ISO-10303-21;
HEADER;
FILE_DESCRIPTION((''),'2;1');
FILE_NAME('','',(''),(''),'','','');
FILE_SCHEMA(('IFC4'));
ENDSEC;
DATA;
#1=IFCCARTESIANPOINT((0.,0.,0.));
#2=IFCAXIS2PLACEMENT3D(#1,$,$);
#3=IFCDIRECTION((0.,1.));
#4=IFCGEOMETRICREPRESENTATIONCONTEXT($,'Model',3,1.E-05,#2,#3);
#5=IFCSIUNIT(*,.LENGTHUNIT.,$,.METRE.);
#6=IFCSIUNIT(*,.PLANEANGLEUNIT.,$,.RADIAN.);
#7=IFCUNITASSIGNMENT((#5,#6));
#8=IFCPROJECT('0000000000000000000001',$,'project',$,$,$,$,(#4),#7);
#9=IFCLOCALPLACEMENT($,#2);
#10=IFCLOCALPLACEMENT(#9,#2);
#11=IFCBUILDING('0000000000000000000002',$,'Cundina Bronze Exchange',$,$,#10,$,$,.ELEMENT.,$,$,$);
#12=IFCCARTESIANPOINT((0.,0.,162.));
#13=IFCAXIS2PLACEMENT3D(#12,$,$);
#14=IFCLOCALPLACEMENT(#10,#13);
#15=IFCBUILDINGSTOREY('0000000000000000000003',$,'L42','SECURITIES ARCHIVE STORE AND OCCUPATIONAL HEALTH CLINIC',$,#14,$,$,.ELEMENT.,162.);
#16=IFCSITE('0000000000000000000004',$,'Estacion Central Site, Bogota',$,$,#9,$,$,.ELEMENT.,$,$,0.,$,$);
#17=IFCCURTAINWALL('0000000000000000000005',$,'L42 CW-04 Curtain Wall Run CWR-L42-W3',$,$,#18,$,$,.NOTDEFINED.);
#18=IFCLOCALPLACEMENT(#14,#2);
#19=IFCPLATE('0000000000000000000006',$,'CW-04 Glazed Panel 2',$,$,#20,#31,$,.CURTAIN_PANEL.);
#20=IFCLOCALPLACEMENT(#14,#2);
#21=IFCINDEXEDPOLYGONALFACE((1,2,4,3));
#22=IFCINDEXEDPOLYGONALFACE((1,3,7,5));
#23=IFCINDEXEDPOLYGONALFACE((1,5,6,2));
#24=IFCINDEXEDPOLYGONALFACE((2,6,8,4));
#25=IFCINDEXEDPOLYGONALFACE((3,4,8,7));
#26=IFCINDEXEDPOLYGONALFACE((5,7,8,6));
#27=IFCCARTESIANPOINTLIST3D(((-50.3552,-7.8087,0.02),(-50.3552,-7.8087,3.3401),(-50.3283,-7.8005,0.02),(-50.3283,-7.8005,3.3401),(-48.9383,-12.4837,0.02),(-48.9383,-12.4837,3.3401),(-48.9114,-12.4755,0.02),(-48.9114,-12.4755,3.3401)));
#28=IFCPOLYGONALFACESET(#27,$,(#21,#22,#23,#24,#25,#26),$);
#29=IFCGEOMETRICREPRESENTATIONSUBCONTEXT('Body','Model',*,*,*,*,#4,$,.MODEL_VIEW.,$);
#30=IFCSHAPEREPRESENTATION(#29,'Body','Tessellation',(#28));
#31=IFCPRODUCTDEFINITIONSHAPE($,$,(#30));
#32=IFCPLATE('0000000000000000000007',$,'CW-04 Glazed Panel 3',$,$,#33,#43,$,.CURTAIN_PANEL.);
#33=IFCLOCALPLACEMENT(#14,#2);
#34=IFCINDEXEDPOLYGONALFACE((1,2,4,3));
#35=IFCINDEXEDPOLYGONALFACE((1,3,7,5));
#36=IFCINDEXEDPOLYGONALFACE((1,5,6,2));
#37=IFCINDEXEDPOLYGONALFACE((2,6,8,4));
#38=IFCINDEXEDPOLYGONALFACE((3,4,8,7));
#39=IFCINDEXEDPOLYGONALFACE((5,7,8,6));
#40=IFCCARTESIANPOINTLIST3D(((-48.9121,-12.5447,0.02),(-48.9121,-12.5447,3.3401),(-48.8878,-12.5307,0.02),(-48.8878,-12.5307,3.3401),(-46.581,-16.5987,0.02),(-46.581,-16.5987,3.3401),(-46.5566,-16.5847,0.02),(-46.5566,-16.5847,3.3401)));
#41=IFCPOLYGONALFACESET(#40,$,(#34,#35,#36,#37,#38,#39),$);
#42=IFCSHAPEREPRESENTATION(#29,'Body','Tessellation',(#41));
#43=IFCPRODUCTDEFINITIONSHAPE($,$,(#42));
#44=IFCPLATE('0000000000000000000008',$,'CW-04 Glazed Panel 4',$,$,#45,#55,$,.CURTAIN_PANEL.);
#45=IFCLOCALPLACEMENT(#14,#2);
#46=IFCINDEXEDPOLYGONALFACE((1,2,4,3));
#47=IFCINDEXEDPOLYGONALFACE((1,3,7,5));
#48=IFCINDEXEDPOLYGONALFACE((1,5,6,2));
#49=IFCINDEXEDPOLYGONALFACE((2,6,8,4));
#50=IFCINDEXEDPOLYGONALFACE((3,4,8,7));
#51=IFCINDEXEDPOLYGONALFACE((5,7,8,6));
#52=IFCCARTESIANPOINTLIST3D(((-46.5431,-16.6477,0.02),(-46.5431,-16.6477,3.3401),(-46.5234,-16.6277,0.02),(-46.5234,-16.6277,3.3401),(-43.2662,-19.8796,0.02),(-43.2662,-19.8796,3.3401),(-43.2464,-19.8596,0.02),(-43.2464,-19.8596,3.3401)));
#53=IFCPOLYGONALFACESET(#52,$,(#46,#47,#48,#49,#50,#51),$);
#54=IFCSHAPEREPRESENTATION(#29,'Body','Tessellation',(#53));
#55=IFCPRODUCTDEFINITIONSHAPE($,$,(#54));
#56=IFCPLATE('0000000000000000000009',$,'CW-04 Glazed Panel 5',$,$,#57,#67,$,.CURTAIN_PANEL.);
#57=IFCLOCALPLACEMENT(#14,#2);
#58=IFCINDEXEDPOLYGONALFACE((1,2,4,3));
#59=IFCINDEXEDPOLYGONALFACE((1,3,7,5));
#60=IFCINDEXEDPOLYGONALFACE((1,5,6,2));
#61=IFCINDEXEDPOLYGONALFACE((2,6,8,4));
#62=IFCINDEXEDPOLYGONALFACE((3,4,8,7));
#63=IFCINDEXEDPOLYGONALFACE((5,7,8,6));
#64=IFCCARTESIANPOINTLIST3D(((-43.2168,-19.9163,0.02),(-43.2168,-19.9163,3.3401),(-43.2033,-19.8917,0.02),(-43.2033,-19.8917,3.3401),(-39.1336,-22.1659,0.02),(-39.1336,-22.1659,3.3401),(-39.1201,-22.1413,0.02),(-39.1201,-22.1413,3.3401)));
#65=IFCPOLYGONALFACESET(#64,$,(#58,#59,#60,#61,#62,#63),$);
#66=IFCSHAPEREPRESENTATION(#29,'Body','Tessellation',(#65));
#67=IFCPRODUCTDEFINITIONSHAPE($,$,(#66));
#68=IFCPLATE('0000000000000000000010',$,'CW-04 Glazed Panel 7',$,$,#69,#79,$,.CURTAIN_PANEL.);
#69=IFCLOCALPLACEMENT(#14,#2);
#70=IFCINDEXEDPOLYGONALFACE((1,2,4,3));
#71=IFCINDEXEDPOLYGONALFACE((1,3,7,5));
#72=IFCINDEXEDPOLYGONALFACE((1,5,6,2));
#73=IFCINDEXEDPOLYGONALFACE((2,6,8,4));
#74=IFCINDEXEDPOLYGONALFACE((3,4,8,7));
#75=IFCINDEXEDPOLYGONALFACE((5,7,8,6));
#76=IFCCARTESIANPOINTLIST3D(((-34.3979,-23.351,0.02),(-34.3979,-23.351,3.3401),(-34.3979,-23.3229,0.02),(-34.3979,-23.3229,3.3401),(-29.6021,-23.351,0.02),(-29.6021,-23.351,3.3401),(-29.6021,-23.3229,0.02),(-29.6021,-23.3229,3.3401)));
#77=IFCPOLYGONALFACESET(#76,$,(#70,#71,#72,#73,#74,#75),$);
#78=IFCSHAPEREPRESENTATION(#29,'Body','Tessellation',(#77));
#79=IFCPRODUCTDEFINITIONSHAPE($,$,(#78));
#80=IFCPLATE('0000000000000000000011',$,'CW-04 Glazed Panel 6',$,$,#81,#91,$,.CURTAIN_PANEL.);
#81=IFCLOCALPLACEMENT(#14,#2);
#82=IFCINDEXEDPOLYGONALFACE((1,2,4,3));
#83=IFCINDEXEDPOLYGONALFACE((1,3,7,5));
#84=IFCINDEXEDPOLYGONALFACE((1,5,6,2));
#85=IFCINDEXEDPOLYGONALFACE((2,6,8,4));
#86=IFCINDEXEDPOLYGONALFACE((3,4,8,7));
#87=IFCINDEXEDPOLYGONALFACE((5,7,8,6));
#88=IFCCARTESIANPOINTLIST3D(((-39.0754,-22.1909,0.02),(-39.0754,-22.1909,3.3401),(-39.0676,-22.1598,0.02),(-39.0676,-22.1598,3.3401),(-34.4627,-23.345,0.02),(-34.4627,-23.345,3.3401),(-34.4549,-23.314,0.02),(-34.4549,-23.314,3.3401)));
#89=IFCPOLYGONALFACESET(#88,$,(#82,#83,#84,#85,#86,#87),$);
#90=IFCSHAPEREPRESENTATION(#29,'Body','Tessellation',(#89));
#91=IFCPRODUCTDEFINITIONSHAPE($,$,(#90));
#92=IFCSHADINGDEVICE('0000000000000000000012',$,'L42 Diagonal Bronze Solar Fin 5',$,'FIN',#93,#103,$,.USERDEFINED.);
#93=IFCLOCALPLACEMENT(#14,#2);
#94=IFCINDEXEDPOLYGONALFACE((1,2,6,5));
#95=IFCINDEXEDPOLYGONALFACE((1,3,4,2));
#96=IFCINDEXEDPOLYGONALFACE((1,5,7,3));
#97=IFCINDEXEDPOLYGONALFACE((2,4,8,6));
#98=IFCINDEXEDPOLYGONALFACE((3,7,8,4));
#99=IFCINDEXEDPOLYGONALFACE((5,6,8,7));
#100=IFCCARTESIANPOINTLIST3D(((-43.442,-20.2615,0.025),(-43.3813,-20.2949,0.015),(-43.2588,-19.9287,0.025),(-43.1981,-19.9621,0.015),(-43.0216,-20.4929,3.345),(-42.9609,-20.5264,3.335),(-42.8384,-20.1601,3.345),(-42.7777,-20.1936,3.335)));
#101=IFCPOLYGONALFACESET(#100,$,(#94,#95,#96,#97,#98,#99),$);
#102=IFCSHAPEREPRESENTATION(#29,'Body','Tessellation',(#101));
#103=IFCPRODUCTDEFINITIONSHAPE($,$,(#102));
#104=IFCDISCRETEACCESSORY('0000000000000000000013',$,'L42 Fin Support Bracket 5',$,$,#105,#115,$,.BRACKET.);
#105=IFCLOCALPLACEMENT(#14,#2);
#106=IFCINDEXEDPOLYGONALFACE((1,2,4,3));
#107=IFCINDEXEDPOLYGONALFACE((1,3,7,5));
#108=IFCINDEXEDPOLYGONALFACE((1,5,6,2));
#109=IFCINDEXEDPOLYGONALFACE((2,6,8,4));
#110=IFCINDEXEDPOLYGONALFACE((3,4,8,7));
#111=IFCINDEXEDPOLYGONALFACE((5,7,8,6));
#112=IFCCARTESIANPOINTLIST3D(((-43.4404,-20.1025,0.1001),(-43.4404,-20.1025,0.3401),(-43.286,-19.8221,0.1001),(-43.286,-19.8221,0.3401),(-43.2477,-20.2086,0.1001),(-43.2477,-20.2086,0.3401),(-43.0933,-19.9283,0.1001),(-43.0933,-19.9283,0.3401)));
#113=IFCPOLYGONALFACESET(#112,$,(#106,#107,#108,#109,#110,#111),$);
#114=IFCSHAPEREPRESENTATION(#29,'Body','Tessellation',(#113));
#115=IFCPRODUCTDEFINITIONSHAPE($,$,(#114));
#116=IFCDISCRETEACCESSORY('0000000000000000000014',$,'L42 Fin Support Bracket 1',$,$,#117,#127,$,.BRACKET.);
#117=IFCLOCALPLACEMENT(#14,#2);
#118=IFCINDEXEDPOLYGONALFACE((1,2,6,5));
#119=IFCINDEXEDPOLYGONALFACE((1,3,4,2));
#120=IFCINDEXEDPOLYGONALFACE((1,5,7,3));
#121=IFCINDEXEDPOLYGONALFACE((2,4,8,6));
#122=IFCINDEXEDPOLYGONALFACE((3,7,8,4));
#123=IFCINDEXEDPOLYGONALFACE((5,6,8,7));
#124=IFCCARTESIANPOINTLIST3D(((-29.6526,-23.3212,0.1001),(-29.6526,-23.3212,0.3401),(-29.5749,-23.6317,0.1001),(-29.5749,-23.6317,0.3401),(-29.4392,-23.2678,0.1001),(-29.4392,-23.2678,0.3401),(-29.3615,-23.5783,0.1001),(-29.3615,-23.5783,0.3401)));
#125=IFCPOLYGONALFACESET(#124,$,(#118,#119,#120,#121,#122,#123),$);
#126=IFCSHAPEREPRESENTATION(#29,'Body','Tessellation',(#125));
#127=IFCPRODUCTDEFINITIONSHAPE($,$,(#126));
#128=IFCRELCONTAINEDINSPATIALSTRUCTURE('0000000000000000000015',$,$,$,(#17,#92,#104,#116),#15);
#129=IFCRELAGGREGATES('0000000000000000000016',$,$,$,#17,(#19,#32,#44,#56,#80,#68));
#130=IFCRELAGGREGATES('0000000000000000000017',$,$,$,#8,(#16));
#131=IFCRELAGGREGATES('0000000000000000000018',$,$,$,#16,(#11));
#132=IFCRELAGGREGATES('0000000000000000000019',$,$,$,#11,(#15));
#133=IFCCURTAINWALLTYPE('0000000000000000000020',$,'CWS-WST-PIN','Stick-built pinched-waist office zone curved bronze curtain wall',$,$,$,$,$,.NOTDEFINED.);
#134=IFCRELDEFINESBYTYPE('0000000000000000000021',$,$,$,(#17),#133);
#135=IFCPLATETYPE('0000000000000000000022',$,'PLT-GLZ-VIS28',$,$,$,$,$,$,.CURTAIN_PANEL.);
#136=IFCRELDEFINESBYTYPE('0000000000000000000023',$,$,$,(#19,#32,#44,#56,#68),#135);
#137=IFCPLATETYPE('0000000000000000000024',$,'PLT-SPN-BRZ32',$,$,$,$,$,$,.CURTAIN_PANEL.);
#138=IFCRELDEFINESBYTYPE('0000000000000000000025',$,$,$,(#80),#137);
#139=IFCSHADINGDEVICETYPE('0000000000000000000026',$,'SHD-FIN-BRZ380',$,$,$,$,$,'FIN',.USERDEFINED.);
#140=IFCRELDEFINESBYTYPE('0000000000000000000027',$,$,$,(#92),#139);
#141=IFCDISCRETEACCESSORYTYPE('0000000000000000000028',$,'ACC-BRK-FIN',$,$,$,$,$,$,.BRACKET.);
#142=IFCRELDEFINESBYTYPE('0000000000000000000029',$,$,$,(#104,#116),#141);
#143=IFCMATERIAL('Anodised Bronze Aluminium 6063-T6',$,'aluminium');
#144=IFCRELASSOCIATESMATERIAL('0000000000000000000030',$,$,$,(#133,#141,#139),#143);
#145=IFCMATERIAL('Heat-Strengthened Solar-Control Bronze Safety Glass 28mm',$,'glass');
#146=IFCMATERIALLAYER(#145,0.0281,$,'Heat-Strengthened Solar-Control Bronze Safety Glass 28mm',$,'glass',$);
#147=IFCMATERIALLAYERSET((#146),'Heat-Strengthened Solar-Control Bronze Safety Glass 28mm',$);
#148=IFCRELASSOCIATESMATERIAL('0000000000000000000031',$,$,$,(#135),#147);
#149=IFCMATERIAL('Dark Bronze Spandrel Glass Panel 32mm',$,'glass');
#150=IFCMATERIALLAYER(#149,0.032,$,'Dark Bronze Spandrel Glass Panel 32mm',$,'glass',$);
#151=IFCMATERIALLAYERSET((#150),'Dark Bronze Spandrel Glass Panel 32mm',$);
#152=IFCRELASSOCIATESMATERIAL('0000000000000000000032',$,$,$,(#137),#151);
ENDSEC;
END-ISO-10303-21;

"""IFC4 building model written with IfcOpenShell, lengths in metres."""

from ifc_helpers import new_model, si_unit, direction, frame, origin, origin_2d, place, context, subcontext, project, spatial, rectangle, extrude, material, layer, layer_set, material_profile, profile_set, type_object, element, aggregate, save


model = new_model("IFC4")

# Units and contexts
model_context = context("Model", 3, precision=1e-05, world=origin(), true_north=direction((0.0, 1.0)))
body_context = subcontext(model_context, "Body", "Model", "MODEL_VIEW")
ifc_project = project(units=[si_unit("LENGTHUNIT", "METRE"), si_unit("PLANEANGLEUNIT", "RADIAN")], contexts=[model_context])

# Site, building, storey
site_placement = place(None, origin())
site = spatial("IfcSite", under=ifc_project, at=site_placement, Name="Estacion Central Site, Bogota", CompositionType="ELEMENT", RefElevation=0.0)
building_placement = place(site_placement, origin())
building = spatial("IfcBuilding", under=site, at=building_placement, Name="Cundina Bronze Exchange", CompositionType="ELEMENT")
storey_placement = place(building_placement, frame((0.0, 0.0, 162.0)))
storey = spatial("IfcBuildingStorey", under=building, at=storey_placement, Name="L42", Description="SECURITIES ARCHIVE STORE AND OCCUPATIONAL HEALTH CLINIC", CompositionType="ELEMENT", Elevation=162.0)

# Curtain wall
ifc_material_1 = material(Name="Anodised Bronze Aluminium 6063-T6", Category="aluminium")
curtain_wall_type = type_object("IfcCurtainWallType", Name="CWS-WST-PIN", Description="Stick-built pinched-waist office zone curved bronze curtain wall", PredefinedType="NOTDEFINED", material=ifc_material_1)
curtain_wall_1_placement = place(storey_placement, origin())
curtain_wall_1 = element("IfcCurtainWall", 1, at=curtain_wall_1_placement, inside=storey, type_object=curtain_wall_type, Name="L42 CW-04 Curtain Wall Run CWR-L42-W3", PredefinedType="NOTDEFINED")

# Plates
ifc_material_2 = material(Name="Heat-Strengthened Solar-Control Bronze Safety Glass 28mm", Category="glass")
ifc_layer_1 = layer(ifc_material_2, 0.0281, Name="Heat-Strengthened Solar-Control Bronze Safety Glass 28mm", Category="glass")
ifc_layer_set_1 = layer_set([ifc_layer_1], Name="Heat-Strengthened Solar-Control Bronze Safety Glass 28mm")
plate_type_1 = type_object("IfcPlateType", Name="PLT-GLZ-VIS28", PredefinedType="CURTAIN_PANEL", material=ifc_layer_set_1)
plate_1_placement = place(storey_placement, frame((-49.6333, -10.1421, 0.02), z_axis=(0.0, 0.0, 1.0), x_axis=(0.290051, -0.957011, 0.0)))
plate_1 = element("IfcPlate", 2, at=plate_1_placement, type_object=plate_type_1, Name="CW-04 Glazed Panel 2", PredefinedType="CURTAIN_PANEL", context=body_context, shape_type="SweptSolid", body=[
    extrude(rectangle(XDim=4.885, YDim=0.0281, at=origin_2d()), origin(), (0.0, 0.0, 1.0), 3.3201),
])
plate_2_placement = place(storey_placement, frame((-47.7344, -14.5647, 0.02), z_axis=(0.0, 0.0, 1.0), x_axis=(0.498488, -0.866897, 0.0)))
plate_2 = element("IfcPlate", 3, at=plate_2_placement, type_object=plate_type_1, Name="CW-04 Glazed Panel 3", PredefinedType="CURTAIN_PANEL", context=body_context, shape_type="SweptSolid", body=[
    extrude(rectangle(XDim=4.6765, YDim=0.0281, at=origin_2d()), origin(), (0.0, 0.0, 1.0), 3.3201),
])
plate_3_placement = place(storey_placement, frame((-44.8948, -18.2537, 0.02), z_axis=(0.0, 0.0, 1.0), x_axis=(0.711989, -0.70219, 0.0)))
plate_3 = element("IfcPlate", 4, at=plate_3_placement, type_object=plate_type_1, Name="CW-04 Glazed Panel 4", PredefinedType="CURTAIN_PANEL", context=body_context, shape_type="SweptSolid", body=[
    extrude(rectangle(XDim=4.6025, YDim=0.0281, at=origin_2d()), origin(), (0.0, 0.0, 1.0), 3.3201),
])
plate_4_placement = place(storey_placement, frame((-41.1685, -21.0288, 0.02), z_axis=(0.0, 0.0, 1.0), x_axis=(0.875869, -0.482549, 0.0)))
plate_4 = element("IfcPlate", 5, at=plate_4_placement, type_object=plate_type_1, Name="CW-04 Glazed Panel 5", PredefinedType="CURTAIN_PANEL", context=body_context, shape_type="SweptSolid", body=[
    extrude(rectangle(XDim=4.6619, YDim=0.0281, at=origin_2d()), origin(), (0.0, 0.0, 1.0), 3.3201),
])
plate_5_placement = place(storey_placement, frame((-32.0, -23.3369, 0.02), z_axis=(0.0, 0.0, 1.0), x_axis=(1.0, 0.0, 0.0)))
plate_5 = element("IfcPlate", 6, at=plate_5_placement, type_object=plate_type_1, Name="CW-04 Glazed Panel 7", PredefinedType="CURTAIN_PANEL", context=body_context, shape_type="SweptSolid", body=[
    extrude(rectangle(XDim=4.7959, YDim=0.0281, at=origin_2d()), origin(), (0.0, 0.0, 1.0), 3.3201),
])
ifc_material_3 = material(Name="Dark Bronze Spandrel Glass Panel 32mm", Category="glass")
ifc_layer_2 = layer(ifc_material_3, 0.032, Name="Dark Bronze Spandrel Glass Panel 32mm", Category="glass")
ifc_layer_set_2 = layer_set([ifc_layer_2], Name="Dark Bronze Spandrel Glass Panel 32mm")
plate_type_2 = type_object("IfcPlateType", Name="PLT-SPN-BRZ32", PredefinedType="CURTAIN_PANEL", material=ifc_layer_set_2)
plate_6_placement = place(storey_placement, frame((-36.7651, -22.7524, 0.02), z_axis=(0.0, 0.0, 1.0), x_axis=(0.970093, -0.242735, 0.0)))
plate_6 = element("IfcPlate", 7, at=plate_6_placement, type_object=plate_type_2, Name="CW-04 Glazed Panel 6", PredefinedType="CURTAIN_PANEL", context=body_context, shape_type="SweptSolid", body=[
    extrude(rectangle(XDim=4.7549, YDim=0.032, at=origin_2d()), origin(), (0.0, 0.0, 1.0), 3.3201),
])
aggregate(curtain_wall_1, [plate_1, plate_2, plate_3, plate_4, plate_6, plate_5])

# Shading device
ifc_material_profile_1 = material_profile(ifc_material_1, rectangle(XDim=0.0701, YDim=0.3799, at=origin_2d()), Name="FIN70X380", Category="aluminium")
ifc_profile_set_1 = profile_set([ifc_material_profile_1], Name="Anodised Bronze Aluminium 6063-T6")
shading_device_type = type_object("IfcShadingDeviceType", Name="SHD-FIN-BRZ380", ElementType="FIN", PredefinedType="USERDEFINED", material=ifc_profile_set_1)
shading_device_placement = place(storey_placement, frame((-43.3201, -20.1118, 0.02), z_axis=(0.125324, -0.068994, 0.989714), x_axis=(-0.867012, 0.47731, 0.143061)))
element("IfcShadingDevice", 8, at=shading_device_placement, inside=storey, type_object=shading_device_type, Name="L42 Diagonal Bronze Solar Fin 5", ObjectType="FIN", PredefinedType="USERDEFINED", context=body_context, shape_type="SweptSolid", body=[
    extrude(rectangle(XDim=0.0701, YDim=0.3799, at=origin_2d()), origin(), (0.0, 0.0, 1.0), 3.3545),
])

# Discrete accessories
discrete_accessory_type = type_object("IfcDiscreteAccessoryType", Name="ACC-BRK-FIN", PredefinedType="BRACKET", material=ifc_material_1)
for number, where, z_axis, x_axis, name in (
    (9, (-43.2668, -20.0154, 0.1001), (0.0, 0.0, 1.0), (0.875869, -0.482549, 0.0), "L42 Fin Support Bracket 5"),
    (10, (-29.5071, -23.4497, 0.1001), (0.0, 0.0, 1.0), (0.970093, 0.242735, 0.0), "L42 Fin Support Bracket 1"),
):
    element("IfcDiscreteAccessory", number, at=place(storey_placement, frame(where, z_axis=z_axis, x_axis=x_axis)), inside=storey, type_object=discrete_accessory_type, Name=name, PredefinedType="BRACKET", context=body_context, shape_type="SweptSolid", body=[
        extrude(rectangle(XDim=0.22, YDim=0.3201, at=origin_2d()), origin(), (0.0, 0.0, 1.0), 0.24),
    ])

save(model, "model.ifc")
